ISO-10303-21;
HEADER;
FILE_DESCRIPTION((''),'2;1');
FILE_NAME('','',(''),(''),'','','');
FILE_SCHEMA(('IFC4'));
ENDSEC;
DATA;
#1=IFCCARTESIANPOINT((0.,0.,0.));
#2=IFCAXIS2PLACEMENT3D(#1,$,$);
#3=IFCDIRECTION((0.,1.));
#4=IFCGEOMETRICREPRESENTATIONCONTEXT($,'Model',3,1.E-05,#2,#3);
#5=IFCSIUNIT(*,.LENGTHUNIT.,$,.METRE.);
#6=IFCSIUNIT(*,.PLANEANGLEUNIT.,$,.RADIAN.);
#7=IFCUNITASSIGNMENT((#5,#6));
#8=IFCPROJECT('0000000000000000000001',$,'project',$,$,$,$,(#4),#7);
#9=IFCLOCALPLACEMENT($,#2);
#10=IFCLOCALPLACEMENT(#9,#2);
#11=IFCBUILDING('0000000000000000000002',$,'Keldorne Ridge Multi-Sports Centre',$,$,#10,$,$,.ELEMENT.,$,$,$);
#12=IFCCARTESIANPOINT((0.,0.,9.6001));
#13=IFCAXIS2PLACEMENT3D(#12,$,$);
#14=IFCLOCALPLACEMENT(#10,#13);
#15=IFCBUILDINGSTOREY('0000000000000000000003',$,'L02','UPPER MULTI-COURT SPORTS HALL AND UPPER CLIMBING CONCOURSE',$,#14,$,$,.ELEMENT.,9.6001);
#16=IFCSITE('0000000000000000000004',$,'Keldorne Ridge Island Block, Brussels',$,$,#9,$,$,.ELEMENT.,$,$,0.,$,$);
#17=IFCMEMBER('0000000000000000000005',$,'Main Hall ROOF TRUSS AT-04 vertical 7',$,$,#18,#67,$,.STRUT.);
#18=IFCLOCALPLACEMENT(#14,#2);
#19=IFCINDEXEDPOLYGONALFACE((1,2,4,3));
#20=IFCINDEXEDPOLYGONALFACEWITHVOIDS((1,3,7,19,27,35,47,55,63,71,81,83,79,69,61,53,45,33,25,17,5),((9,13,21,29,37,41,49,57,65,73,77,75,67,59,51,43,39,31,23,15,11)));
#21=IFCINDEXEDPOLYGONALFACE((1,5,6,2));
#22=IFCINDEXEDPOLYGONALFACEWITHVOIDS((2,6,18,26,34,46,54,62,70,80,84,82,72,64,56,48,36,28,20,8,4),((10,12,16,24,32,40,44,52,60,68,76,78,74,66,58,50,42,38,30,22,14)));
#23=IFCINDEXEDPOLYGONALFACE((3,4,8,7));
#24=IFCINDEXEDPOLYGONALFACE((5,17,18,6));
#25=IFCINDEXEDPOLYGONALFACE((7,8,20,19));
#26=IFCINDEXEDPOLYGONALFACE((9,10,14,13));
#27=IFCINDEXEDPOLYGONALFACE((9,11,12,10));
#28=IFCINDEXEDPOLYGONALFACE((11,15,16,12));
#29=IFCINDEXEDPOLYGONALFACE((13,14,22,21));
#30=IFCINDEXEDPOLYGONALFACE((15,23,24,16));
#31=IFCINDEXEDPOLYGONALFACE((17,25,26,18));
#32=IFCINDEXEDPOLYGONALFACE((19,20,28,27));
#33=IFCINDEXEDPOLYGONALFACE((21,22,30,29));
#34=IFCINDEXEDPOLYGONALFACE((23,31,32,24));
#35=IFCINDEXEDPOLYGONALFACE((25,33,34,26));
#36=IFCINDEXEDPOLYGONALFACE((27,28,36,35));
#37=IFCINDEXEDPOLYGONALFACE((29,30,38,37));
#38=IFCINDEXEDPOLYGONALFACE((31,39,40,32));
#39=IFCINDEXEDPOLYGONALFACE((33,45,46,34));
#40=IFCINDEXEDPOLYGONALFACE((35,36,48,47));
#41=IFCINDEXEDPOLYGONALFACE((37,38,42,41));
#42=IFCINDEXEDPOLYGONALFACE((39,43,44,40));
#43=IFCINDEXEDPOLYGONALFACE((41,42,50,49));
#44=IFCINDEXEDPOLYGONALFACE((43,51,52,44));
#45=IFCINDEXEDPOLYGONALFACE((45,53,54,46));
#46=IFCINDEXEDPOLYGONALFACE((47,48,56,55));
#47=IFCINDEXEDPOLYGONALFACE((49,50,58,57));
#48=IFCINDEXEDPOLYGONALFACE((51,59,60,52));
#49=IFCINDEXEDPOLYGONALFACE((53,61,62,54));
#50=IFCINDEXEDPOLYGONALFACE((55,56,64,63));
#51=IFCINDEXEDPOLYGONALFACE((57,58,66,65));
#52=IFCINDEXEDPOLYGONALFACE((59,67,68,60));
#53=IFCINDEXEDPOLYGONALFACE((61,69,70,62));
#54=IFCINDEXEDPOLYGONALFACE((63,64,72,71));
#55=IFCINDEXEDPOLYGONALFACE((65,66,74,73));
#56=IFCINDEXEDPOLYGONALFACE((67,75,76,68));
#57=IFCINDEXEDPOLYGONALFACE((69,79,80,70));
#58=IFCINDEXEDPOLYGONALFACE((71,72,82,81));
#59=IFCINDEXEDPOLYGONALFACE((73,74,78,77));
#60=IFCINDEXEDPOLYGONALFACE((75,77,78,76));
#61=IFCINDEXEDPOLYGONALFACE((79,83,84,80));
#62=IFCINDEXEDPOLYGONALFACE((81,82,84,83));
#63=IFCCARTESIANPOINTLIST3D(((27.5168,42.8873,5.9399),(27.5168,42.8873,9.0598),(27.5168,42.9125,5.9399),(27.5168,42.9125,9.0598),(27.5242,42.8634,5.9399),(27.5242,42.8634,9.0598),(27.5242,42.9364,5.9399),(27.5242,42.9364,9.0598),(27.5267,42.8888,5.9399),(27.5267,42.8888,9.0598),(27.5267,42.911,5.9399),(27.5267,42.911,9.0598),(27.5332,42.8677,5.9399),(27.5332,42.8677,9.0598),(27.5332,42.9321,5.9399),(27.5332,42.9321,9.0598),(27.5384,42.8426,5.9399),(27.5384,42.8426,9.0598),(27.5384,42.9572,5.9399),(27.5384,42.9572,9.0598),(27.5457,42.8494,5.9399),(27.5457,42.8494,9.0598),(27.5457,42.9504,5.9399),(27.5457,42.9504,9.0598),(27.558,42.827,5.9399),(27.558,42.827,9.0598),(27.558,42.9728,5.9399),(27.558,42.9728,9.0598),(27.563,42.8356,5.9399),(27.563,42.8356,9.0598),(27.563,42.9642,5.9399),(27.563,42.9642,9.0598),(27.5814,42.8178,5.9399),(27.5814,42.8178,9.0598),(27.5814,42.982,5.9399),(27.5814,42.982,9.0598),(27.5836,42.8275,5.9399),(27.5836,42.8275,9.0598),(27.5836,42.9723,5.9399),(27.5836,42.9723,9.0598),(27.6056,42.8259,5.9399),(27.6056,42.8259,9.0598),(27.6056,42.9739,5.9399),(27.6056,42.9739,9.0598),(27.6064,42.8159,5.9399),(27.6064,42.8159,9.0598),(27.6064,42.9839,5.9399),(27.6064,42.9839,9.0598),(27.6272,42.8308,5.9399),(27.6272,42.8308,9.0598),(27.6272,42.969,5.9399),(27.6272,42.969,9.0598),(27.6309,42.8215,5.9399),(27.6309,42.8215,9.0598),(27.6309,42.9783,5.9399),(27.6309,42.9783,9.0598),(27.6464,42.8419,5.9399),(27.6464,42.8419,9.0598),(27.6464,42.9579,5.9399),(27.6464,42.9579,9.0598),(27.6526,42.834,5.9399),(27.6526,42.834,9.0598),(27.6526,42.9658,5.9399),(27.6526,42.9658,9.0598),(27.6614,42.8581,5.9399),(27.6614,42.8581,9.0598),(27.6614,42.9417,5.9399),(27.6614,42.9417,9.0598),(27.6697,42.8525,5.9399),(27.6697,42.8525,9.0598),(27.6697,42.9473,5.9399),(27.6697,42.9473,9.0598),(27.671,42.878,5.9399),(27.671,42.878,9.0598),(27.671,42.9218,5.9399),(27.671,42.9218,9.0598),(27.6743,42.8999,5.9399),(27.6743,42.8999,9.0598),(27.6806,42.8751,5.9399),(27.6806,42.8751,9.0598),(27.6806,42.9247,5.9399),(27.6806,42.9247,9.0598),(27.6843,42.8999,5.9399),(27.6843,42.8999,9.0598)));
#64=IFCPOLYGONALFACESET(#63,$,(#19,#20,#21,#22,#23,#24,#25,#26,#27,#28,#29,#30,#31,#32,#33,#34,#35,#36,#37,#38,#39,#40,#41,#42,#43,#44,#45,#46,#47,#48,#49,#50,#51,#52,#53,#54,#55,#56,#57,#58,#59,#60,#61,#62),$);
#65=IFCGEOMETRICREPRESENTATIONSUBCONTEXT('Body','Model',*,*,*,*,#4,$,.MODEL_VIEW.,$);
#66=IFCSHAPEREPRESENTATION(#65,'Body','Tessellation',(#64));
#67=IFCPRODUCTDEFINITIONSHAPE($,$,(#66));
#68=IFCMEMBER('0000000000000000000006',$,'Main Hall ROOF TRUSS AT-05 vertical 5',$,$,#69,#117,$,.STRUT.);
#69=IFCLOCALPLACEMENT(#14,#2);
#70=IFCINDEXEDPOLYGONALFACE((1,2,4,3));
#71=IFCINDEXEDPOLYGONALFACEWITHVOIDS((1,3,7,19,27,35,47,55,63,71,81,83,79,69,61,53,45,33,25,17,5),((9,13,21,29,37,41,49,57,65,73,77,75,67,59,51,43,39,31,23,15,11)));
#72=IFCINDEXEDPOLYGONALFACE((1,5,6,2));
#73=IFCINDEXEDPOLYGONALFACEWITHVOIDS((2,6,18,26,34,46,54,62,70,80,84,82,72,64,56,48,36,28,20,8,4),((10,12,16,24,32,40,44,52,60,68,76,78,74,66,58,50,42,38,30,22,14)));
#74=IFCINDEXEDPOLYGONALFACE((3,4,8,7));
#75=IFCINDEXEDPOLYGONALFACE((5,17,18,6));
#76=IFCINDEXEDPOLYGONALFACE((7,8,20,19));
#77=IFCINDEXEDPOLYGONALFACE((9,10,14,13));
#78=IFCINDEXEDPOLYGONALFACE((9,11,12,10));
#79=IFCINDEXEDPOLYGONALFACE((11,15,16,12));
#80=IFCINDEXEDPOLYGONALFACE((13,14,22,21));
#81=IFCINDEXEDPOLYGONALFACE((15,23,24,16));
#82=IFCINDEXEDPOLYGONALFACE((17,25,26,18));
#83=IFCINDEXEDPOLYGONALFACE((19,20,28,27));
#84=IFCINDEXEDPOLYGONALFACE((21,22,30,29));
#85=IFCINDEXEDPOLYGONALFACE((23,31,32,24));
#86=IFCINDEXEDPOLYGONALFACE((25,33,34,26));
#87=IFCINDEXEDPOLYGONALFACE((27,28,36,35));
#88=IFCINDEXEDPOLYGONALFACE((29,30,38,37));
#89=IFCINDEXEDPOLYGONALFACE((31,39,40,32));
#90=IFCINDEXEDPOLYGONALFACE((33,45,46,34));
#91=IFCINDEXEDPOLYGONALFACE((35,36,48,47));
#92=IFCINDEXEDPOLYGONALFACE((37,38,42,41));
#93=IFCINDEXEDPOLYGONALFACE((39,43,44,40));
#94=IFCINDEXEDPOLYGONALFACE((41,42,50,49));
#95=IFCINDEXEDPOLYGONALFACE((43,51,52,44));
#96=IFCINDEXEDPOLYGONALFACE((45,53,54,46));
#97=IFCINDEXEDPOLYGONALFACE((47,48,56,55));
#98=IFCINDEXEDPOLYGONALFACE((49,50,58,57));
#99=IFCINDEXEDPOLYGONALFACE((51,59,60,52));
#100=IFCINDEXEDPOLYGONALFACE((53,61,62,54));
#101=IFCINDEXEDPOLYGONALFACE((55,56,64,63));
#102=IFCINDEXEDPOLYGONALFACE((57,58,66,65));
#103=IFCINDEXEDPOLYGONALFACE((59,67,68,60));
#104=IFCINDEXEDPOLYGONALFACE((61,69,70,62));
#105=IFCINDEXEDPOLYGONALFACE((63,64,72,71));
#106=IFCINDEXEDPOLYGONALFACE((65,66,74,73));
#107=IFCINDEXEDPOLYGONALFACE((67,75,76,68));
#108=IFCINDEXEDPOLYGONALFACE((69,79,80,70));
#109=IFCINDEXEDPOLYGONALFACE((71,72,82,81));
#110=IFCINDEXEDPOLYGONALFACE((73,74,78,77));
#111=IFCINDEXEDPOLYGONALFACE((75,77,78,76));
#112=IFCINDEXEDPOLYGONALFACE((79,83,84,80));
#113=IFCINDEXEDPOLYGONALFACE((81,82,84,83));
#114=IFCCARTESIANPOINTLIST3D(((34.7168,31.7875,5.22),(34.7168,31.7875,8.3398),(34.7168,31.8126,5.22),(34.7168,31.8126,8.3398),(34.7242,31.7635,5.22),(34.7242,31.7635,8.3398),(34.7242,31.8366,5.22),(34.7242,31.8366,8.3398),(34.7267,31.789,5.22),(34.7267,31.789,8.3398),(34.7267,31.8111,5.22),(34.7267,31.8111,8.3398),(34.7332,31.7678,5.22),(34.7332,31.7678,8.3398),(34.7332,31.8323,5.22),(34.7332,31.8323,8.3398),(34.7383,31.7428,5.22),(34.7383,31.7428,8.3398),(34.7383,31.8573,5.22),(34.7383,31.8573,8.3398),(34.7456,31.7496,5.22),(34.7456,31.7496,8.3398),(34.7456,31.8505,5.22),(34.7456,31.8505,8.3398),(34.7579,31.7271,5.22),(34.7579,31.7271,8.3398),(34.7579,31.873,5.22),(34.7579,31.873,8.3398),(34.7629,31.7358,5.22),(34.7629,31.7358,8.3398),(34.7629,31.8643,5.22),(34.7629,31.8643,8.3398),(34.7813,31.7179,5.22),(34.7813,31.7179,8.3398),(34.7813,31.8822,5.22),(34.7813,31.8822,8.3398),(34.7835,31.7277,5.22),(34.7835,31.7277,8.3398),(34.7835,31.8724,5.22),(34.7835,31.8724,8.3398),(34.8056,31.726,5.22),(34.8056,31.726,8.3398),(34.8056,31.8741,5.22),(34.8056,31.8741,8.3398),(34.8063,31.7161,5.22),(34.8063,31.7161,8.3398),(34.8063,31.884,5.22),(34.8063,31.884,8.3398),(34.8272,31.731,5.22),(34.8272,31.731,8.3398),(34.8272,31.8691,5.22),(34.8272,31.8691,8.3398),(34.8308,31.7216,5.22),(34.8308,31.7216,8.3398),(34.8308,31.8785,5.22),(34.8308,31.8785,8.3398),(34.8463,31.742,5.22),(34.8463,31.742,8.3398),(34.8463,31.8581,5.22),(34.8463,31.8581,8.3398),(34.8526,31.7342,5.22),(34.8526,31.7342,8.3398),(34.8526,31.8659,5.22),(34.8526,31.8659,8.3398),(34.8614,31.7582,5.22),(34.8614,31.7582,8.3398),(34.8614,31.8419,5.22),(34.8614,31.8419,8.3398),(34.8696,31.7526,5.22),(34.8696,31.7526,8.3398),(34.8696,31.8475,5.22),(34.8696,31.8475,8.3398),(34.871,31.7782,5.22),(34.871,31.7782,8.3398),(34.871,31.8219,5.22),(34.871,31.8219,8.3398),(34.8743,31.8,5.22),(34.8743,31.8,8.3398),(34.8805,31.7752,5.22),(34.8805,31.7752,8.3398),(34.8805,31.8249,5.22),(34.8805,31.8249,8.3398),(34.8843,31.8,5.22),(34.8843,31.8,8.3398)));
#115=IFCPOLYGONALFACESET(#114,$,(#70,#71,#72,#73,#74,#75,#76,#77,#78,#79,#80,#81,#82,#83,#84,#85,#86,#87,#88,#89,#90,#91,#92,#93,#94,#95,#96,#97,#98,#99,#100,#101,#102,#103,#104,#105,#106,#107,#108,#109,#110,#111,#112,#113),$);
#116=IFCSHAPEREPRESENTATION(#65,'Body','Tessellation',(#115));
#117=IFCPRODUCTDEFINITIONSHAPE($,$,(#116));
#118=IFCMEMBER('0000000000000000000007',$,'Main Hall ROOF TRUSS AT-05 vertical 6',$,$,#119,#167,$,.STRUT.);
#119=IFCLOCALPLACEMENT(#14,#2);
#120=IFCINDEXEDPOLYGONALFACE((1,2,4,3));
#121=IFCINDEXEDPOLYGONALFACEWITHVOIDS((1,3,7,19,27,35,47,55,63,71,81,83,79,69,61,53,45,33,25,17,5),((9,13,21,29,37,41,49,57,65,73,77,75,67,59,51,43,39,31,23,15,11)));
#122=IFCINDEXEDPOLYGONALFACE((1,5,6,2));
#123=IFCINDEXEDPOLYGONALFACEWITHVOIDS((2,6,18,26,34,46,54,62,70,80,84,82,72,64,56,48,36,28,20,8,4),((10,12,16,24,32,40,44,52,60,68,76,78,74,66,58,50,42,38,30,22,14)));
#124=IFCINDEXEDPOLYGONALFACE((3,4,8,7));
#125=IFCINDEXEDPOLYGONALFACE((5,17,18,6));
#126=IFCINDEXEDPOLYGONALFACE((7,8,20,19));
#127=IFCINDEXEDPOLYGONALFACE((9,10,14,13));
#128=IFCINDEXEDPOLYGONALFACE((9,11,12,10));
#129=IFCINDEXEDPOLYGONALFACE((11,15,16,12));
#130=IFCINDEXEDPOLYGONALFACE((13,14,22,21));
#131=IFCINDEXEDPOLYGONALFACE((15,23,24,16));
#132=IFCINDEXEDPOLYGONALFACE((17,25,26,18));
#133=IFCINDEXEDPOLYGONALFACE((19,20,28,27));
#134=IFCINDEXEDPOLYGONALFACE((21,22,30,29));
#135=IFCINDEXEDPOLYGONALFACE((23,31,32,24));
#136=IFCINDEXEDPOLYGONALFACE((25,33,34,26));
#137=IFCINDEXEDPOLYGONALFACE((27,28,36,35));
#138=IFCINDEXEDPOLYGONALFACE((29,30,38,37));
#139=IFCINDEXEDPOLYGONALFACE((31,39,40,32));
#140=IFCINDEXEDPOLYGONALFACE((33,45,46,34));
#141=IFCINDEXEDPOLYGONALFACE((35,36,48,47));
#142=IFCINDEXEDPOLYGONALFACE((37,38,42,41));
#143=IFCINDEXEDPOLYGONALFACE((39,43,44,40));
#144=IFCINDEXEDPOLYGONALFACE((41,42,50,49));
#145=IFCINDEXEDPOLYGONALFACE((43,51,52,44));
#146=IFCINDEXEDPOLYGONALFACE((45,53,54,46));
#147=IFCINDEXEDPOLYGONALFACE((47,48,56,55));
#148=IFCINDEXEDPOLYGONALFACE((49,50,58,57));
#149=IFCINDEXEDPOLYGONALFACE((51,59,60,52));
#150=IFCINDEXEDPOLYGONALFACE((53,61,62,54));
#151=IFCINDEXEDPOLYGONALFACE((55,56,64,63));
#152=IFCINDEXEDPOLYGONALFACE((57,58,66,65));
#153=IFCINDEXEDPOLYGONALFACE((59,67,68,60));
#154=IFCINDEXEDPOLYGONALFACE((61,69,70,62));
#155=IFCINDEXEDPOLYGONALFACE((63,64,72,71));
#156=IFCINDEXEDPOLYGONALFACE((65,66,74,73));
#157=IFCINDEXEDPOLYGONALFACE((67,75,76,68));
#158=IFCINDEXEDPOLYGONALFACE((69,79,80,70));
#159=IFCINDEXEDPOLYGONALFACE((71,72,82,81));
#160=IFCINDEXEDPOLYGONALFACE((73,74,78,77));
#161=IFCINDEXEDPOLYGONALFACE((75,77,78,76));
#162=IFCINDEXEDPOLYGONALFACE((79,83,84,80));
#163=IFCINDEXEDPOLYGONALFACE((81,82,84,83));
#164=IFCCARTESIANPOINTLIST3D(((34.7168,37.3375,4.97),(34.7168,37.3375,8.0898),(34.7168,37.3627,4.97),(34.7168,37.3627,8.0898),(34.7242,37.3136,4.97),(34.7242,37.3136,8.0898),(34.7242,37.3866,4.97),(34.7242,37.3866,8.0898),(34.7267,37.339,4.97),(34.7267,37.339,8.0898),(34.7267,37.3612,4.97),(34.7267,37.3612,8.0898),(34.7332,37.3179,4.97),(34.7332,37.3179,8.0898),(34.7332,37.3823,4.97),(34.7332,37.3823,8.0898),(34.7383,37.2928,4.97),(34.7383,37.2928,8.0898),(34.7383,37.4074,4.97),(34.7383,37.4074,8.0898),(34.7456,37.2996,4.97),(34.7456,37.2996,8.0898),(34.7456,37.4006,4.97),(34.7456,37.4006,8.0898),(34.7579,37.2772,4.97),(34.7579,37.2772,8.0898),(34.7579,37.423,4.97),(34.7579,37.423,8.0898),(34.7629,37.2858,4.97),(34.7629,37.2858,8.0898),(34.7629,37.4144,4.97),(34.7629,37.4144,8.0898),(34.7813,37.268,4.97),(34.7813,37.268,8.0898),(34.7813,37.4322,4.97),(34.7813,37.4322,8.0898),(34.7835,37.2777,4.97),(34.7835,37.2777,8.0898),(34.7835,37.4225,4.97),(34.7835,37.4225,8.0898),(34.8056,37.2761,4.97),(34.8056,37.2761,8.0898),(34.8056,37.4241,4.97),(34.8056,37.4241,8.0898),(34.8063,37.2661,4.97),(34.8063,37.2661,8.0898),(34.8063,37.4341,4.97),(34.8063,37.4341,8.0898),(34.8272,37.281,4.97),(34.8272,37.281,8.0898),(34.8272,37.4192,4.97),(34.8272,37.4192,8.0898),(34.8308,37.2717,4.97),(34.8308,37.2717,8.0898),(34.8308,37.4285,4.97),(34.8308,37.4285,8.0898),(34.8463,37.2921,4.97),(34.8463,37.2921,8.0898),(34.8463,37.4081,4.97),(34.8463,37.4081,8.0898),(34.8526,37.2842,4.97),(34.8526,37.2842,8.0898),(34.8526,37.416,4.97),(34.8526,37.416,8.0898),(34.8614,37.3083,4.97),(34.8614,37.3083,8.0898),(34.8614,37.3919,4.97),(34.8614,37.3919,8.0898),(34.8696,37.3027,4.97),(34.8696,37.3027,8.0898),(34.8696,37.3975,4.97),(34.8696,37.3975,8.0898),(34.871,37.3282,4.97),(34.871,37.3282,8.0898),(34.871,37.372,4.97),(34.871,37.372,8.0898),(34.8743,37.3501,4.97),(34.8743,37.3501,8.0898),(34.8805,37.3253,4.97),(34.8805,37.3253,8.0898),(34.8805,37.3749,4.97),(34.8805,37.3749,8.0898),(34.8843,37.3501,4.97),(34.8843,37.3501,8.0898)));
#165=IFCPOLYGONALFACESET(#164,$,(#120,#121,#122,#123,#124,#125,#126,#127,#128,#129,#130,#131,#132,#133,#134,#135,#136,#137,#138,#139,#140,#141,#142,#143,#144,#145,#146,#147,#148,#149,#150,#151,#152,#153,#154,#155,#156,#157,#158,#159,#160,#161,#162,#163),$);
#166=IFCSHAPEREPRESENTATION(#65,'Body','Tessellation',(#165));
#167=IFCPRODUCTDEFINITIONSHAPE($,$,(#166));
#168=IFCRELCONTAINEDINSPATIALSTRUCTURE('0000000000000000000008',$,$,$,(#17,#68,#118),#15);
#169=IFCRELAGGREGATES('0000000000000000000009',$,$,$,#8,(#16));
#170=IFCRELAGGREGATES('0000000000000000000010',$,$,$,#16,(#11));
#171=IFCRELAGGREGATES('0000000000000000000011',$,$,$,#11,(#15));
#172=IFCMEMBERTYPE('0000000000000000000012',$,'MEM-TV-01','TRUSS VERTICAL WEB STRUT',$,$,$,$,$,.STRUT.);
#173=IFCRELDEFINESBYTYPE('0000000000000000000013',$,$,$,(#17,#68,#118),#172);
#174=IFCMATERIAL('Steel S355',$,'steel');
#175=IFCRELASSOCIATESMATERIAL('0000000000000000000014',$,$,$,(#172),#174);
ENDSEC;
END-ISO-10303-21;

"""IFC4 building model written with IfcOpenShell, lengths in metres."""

from ifc_helpers import new_model, si_unit, direction, frame, origin, origin_2d, place, context, subcontext, project, spatial, hollow_circle, extrude, material, material_profile, profile_set, type_object, element, save


model = new_model("IFC4")

# Units and contexts
model_context = context("Model", 3, precision=1e-05, world=origin(), true_north=direction((0.0, 1.0)))
body_context = subcontext(model_context, "Body", "Model", "MODEL_VIEW")
ifc_project = project(units=[si_unit("LENGTHUNIT", "METRE"), si_unit("PLANEANGLEUNIT", "RADIAN")], contexts=[model_context])

# Site, building, storey
site_placement = place(None, origin())
site = spatial("IfcSite", under=ifc_project, at=site_placement, Name="Keldorne Ridge Island Block, Brussels", CompositionType="ELEMENT", RefElevation=0.0)
building_placement = place(site_placement, origin())
building = spatial("IfcBuilding", under=site, at=building_placement, Name="Keldorne Ridge Multi-Sports Centre", CompositionType="ELEMENT")
storey_placement = place(building_placement, frame((0.0, 0.0, 9.6001)))
storey = spatial("IfcBuildingStorey", under=building, at=storey_placement, Name="L02", Description="UPPER MULTI-COURT SPORTS HALL AND UPPER CLIMBING CONCOURSE", CompositionType="ELEMENT", Elevation=9.6001)

# Members
ifc_material = material(Name="Steel S355", Category="steel")
ifc_material_profile_1 = material_profile(ifc_material, hollow_circle(Radius=0.0842, WallThickness=0.01, at=origin_2d()), Name="CHS 168.3x10")
ifc_profile_set_1 = profile_set([ifc_material_profile_1], Name="Steel S355")
member_type_1 = type_object("IfcMemberType", Name="MEM-TV-01", Description="TRUSS VERTICAL WEB STRUT", PredefinedType="STRUT", material=ifc_profile_set_1)
for number, where, z_axis, x_axis, name in (
    (1, (27.6001, 42.8999, 5.9399), (0.0, 0.0, 1.0), (1.0, 0.0, 0.0), "Main Hall ROOF TRUSS AT-04 vertical 7"),
    (2, (34.8, 31.8, 5.22), (0.0, 0.0, 1.0), (1.0, 0.0, 0.0), "Main Hall ROOF TRUSS AT-05 vertical 5"),
    (3, (34.8, 37.3501, 4.97), (0.0, 0.0, 1.0), (1.0, 0.0, 0.0), "Main Hall ROOF TRUSS AT-05 vertical 6"),
):
    element("IfcMember", number, at=place(storey_placement, frame(where, z_axis=z_axis, x_axis=x_axis)), inside=storey, type_object=member_type_1, Name=name, PredefinedType="STRUT", context=body_context, shape_type="SweptSolid", body=[
        extrude(hollow_circle(Radius=0.0842, WallThickness=0.01, at=origin_2d()), origin(), (0.0, 0.0, 1.0), 3.1199),
    ])

save(model, "model.ifc")
